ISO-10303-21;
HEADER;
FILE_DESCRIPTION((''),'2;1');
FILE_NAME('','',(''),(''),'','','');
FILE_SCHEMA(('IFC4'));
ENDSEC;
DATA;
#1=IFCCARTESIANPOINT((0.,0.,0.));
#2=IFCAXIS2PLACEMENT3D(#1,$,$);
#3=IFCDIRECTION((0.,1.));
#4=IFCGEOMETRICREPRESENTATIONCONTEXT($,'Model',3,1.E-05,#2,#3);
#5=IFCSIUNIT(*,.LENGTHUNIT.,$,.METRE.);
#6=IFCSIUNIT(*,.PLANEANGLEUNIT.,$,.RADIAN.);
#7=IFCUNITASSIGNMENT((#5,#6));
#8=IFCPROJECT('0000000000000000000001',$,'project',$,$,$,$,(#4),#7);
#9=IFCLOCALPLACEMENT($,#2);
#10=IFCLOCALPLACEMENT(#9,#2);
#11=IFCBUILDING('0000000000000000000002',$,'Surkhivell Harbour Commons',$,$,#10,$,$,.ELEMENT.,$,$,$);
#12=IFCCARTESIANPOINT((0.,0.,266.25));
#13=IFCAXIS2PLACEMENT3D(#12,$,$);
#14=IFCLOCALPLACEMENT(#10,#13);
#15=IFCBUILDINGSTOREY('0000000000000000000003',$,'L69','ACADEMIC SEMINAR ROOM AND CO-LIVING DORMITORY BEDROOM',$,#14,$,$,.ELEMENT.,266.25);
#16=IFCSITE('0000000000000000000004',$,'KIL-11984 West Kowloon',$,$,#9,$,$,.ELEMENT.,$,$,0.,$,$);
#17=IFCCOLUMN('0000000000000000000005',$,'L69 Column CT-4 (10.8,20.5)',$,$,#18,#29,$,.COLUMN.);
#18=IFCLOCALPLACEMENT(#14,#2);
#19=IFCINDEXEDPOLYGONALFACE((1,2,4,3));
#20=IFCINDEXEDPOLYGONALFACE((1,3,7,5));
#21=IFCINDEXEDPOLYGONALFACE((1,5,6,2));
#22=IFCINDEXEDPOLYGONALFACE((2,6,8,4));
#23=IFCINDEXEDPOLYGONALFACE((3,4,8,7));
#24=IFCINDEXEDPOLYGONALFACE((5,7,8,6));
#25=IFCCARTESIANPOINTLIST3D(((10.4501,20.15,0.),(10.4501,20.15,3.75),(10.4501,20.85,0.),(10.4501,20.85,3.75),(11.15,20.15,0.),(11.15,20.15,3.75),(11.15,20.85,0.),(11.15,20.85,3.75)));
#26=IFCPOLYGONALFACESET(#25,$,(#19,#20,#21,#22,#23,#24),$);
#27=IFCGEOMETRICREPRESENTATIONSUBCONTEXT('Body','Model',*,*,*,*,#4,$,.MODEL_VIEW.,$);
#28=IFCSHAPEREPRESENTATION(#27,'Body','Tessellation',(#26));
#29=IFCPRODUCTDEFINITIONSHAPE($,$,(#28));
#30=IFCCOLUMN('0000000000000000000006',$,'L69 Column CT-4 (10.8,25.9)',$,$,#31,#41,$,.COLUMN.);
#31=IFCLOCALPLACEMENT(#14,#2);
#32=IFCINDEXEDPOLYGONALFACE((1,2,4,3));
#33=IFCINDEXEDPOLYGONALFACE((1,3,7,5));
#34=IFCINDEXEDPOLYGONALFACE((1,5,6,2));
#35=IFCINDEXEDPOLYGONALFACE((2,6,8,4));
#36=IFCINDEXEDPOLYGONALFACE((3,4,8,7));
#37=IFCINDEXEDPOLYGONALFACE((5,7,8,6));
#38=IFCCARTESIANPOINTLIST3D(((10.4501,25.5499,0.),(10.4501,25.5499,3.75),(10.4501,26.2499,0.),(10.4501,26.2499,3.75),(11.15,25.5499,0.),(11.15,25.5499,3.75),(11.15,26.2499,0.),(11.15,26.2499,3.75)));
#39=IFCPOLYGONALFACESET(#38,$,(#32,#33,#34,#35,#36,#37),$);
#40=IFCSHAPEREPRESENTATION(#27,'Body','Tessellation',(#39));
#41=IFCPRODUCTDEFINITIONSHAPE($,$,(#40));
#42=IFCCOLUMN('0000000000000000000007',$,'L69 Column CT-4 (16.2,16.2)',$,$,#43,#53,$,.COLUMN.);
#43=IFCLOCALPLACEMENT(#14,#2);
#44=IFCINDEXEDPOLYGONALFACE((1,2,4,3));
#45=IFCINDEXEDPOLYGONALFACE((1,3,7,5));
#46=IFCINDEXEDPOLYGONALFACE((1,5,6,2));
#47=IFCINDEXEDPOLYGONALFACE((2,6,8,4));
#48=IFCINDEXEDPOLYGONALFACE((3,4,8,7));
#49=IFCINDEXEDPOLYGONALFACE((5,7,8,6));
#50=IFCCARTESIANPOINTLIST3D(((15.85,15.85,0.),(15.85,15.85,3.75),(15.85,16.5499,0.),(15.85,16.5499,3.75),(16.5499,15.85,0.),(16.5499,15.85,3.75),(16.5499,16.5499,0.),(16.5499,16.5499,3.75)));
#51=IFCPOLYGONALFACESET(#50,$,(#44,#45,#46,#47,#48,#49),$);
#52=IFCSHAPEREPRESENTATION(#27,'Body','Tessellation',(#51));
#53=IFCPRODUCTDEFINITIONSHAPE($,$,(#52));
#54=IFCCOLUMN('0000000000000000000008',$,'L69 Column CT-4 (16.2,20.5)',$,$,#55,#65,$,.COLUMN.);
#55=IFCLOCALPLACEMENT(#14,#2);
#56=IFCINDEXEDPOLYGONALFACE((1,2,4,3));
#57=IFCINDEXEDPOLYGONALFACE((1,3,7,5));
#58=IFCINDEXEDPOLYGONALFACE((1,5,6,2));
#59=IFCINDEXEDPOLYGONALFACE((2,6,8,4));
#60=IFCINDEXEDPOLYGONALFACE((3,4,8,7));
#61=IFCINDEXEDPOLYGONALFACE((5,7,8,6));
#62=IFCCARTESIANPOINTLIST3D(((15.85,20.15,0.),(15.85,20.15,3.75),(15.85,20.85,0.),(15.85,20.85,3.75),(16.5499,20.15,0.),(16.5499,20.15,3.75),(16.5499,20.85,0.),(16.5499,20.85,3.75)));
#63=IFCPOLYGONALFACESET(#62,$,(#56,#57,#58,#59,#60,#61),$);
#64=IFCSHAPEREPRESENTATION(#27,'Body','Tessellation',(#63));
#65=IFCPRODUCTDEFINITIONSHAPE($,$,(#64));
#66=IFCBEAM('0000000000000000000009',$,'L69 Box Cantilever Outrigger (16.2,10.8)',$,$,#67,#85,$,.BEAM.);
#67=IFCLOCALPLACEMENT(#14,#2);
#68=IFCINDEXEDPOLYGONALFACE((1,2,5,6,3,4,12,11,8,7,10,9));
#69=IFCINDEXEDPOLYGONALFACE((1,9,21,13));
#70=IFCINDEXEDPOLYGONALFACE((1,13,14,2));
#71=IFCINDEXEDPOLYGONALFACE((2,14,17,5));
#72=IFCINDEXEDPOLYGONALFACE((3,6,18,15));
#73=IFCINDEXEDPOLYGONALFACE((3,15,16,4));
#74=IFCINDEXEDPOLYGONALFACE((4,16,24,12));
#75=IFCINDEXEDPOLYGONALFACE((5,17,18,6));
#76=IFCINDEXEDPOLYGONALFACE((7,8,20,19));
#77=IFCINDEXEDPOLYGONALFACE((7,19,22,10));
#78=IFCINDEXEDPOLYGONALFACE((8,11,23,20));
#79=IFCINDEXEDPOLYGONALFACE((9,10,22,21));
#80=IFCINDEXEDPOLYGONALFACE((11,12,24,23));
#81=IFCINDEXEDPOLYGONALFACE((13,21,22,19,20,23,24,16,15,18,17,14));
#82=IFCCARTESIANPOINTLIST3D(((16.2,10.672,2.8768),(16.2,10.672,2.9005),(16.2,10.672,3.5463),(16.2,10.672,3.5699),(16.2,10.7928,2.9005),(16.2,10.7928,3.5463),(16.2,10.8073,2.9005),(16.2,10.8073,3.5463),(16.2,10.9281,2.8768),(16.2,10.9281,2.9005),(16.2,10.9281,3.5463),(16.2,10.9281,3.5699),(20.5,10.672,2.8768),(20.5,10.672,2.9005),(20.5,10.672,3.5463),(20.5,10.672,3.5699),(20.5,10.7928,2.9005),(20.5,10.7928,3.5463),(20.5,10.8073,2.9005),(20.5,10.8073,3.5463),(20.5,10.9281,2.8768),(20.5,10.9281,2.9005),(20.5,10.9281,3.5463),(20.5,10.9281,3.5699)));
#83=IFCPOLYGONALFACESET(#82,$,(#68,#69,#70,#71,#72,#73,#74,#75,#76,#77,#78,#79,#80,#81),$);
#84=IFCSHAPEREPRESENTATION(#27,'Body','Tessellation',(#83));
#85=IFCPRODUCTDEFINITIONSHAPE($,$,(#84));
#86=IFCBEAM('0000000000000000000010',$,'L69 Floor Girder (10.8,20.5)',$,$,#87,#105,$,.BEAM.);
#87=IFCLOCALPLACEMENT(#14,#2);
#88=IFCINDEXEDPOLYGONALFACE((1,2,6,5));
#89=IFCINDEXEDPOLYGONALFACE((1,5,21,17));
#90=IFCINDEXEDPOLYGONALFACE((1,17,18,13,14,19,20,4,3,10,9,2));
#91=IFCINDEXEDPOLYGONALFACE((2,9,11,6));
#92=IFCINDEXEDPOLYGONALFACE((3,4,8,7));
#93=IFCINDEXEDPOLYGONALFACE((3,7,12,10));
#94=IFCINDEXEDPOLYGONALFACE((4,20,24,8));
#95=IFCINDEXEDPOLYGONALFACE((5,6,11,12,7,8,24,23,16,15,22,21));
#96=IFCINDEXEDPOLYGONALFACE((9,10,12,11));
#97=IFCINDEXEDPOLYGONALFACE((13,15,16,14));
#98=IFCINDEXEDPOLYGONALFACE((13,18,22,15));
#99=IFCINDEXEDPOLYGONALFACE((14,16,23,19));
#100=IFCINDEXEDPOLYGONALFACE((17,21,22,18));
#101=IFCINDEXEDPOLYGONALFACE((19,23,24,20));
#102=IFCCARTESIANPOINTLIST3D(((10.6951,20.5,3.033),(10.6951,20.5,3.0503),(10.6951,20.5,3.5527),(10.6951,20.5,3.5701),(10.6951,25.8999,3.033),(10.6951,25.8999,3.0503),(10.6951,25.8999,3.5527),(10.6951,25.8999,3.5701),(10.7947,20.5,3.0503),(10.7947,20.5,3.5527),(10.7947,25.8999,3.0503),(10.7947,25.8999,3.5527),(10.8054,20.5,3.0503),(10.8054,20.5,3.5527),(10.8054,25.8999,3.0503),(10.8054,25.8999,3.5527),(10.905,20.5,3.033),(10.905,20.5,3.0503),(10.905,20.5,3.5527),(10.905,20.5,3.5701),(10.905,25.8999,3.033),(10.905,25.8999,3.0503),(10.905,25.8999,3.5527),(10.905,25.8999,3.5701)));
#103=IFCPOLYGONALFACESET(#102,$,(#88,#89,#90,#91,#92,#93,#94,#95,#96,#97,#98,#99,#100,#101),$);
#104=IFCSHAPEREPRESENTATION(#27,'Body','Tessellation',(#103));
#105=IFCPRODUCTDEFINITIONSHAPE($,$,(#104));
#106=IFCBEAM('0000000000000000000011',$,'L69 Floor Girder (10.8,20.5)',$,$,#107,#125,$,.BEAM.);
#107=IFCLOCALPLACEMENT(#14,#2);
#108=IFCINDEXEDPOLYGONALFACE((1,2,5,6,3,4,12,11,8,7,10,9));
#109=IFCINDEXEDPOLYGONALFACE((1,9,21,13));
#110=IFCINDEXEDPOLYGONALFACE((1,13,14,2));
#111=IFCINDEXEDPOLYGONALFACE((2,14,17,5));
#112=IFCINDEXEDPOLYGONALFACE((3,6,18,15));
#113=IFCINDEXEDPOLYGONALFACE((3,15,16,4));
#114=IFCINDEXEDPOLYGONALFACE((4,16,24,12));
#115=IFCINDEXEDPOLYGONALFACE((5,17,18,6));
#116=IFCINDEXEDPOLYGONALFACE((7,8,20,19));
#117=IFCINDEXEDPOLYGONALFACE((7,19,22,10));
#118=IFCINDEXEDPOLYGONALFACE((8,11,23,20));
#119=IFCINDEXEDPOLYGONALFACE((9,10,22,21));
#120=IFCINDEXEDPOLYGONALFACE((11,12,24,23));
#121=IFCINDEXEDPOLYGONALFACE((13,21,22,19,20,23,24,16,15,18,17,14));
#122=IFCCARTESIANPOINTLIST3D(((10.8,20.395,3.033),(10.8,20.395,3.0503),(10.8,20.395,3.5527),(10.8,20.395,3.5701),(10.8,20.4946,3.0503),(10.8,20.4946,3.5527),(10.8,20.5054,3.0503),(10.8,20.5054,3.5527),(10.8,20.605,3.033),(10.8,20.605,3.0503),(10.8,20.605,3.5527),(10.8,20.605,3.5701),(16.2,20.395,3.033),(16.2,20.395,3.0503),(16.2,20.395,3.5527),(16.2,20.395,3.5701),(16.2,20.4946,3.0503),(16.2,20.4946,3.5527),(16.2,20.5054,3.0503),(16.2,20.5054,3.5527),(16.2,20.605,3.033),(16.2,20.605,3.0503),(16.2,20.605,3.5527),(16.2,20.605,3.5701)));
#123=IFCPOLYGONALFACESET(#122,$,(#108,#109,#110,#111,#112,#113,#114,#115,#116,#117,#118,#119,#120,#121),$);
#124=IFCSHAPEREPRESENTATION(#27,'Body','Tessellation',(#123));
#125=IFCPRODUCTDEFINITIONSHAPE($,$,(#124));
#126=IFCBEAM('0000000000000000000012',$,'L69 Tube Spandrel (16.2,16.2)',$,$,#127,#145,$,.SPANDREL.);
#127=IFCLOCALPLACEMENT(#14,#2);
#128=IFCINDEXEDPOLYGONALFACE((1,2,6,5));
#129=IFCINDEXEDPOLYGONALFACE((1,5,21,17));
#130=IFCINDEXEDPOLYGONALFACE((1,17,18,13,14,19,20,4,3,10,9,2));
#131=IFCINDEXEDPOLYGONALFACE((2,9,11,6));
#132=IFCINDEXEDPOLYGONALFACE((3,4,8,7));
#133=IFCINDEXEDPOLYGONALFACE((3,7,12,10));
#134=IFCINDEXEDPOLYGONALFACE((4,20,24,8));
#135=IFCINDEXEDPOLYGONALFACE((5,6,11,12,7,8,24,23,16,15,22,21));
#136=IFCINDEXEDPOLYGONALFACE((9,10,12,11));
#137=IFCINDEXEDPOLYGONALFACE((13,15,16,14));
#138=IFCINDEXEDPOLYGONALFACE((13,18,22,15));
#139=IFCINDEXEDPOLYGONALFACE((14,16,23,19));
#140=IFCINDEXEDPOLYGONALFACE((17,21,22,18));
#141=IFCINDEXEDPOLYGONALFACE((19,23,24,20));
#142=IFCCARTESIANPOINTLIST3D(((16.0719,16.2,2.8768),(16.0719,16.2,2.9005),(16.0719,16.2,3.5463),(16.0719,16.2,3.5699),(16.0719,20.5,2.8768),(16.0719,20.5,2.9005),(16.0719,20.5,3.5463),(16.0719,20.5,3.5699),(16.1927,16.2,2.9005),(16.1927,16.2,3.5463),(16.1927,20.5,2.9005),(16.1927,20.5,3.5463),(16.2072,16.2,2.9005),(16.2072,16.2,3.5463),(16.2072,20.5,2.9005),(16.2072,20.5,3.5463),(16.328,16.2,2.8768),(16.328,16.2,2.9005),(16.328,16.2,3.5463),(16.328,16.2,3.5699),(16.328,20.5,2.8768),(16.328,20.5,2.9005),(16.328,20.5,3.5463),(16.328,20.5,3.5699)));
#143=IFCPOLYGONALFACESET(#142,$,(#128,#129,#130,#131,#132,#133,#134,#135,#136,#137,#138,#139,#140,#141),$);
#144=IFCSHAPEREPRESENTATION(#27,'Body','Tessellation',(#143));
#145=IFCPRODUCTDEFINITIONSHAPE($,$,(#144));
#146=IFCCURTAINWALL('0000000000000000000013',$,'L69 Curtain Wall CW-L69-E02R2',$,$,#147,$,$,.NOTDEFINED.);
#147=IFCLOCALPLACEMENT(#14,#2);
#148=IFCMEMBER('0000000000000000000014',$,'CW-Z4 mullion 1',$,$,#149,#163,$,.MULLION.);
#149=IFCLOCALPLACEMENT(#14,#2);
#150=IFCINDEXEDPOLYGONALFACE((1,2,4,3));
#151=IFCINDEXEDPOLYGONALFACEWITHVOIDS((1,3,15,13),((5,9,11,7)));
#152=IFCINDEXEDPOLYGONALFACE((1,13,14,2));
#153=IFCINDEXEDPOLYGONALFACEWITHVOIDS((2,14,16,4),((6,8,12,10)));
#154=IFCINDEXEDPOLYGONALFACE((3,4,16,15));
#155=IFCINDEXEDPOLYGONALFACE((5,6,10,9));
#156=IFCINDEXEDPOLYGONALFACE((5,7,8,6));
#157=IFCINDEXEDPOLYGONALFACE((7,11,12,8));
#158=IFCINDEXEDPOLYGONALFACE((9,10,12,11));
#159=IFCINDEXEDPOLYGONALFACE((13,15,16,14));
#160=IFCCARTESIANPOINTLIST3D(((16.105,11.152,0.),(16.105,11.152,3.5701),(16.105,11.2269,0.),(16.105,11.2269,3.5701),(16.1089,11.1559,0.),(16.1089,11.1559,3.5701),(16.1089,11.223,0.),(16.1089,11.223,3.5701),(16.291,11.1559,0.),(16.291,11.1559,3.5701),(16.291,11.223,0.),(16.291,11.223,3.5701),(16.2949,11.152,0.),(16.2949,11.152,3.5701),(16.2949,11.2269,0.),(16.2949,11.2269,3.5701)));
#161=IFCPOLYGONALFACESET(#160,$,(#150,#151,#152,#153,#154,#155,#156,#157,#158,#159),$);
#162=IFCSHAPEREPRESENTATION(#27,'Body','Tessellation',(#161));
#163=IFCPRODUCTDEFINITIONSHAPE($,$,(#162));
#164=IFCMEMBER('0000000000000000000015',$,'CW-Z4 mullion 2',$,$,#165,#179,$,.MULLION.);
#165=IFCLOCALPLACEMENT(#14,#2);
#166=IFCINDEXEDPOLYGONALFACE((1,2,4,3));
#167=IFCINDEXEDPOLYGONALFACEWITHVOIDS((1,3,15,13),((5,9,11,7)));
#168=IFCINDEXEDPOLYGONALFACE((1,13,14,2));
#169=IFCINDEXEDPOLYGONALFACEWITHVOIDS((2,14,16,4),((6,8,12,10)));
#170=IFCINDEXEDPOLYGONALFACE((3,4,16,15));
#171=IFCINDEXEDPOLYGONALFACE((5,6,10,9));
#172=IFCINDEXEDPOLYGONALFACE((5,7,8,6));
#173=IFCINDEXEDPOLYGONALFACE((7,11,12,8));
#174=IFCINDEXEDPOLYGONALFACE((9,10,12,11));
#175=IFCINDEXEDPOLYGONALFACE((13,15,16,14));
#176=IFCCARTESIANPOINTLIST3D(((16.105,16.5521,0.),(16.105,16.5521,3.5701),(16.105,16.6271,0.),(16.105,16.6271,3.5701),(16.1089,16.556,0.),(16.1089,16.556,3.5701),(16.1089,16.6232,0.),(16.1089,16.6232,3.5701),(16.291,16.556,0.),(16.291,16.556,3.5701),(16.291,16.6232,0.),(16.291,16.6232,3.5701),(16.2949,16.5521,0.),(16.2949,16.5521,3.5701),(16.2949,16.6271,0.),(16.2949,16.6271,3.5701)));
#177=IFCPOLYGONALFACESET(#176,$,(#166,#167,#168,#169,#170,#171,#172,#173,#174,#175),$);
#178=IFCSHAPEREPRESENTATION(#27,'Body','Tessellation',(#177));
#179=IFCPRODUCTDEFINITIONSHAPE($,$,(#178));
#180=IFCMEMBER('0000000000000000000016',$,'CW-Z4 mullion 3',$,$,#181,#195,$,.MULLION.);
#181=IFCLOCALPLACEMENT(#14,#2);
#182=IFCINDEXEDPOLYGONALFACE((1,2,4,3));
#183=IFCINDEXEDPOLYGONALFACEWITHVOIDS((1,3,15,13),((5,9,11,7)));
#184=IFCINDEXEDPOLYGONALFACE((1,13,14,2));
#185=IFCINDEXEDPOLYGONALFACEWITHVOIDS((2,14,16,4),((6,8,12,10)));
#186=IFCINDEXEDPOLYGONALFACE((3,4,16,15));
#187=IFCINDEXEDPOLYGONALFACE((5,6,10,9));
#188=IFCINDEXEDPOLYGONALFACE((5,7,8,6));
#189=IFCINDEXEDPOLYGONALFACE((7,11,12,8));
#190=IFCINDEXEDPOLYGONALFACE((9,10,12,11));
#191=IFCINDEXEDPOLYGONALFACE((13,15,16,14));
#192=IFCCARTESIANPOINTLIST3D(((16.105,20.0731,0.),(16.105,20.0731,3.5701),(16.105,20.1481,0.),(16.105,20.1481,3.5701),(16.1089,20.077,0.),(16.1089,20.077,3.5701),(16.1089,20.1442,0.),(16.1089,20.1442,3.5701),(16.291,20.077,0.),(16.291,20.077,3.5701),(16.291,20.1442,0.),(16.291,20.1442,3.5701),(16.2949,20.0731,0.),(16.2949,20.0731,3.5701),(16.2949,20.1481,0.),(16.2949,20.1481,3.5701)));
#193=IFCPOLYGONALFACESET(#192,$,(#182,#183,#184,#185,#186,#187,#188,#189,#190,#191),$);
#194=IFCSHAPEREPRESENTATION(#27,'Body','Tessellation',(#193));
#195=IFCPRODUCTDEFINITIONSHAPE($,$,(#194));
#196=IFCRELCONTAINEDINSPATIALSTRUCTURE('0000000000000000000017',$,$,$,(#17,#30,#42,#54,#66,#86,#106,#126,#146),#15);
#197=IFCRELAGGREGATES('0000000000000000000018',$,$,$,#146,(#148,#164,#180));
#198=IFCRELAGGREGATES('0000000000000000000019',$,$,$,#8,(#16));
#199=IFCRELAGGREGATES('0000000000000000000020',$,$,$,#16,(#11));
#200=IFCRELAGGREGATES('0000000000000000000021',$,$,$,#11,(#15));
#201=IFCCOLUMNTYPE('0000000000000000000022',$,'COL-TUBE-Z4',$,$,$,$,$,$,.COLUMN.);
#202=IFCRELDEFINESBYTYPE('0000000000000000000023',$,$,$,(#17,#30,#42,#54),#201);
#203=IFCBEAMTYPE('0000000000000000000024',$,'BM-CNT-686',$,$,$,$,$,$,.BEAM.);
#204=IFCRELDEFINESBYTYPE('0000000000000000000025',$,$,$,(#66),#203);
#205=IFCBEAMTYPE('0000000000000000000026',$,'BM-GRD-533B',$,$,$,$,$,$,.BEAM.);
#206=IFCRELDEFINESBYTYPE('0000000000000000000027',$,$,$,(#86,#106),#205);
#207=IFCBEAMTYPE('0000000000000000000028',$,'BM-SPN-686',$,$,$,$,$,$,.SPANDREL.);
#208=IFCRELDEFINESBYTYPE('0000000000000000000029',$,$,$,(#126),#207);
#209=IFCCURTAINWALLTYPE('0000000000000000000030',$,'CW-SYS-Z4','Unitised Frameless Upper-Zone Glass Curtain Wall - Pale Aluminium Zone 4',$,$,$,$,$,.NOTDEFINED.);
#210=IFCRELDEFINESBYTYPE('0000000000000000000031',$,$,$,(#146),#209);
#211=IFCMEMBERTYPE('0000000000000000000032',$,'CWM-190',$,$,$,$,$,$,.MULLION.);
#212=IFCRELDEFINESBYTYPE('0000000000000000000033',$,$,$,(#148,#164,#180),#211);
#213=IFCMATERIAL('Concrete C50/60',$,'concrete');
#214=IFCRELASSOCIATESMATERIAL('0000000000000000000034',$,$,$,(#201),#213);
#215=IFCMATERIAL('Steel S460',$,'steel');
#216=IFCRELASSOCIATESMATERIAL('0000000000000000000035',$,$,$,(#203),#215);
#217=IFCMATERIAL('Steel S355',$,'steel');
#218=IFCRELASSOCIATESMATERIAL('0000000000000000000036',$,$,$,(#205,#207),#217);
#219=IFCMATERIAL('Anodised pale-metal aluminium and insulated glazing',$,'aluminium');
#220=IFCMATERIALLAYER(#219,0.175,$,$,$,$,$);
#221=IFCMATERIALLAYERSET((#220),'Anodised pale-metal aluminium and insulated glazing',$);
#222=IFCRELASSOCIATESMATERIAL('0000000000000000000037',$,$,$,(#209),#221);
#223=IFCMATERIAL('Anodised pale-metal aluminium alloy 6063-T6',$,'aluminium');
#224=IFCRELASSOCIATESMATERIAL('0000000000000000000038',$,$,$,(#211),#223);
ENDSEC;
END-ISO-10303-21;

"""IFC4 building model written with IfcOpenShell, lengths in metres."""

from ifc_helpers import new_model, si_unit, direction, frame, origin, origin_2d, place, context, subcontext, project, spatial, rectangle, hollow_rectangle, i_section, extrude, material, layer, layer_set, material_profile, profile_set, type_object, element, aggregate, save


model = new_model("IFC4")

# Units and contexts
model_context = context("Model", 3, precision=1e-05, world=origin(), true_north=direction((0.0, 1.0)))
body_context = subcontext(model_context, "Body", "Model", "MODEL_VIEW")
ifc_project = project(units=[si_unit("LENGTHUNIT", "METRE"), si_unit("PLANEANGLEUNIT", "RADIAN")], contexts=[model_context])

# Site, building, storey
site_placement = place(None, origin())
site = spatial("IfcSite", under=ifc_project, at=site_placement, Name="KIL-11984 West Kowloon", CompositionType="ELEMENT", RefElevation=0.0)
building_placement = place(site_placement, origin())
building = spatial("IfcBuilding", under=site, at=building_placement, Name="Surkhivell Harbour Commons", CompositionType="ELEMENT")
storey_placement = place(building_placement, frame((0.0, 0.0, 266.25)))
storey = spatial("IfcBuildingStorey", under=building, at=storey_placement, Name="L69", Description="ACADEMIC SEMINAR ROOM AND CO-LIVING DORMITORY BEDROOM", CompositionType="ELEMENT", Elevation=266.25)

# Columns
ifc_material_1 = material(Name="Concrete C50/60", Category="concrete")
ifc_material_profile_1 = material_profile(ifc_material_1, rectangle(XDim=0.7, YDim=0.7, at=origin_2d()), Name="RC-COL-700x700")
ifc_profile_set_1 = profile_set([ifc_material_profile_1], Name="Concrete C50/60")
column_type = type_object("IfcColumnType", Name="COL-TUBE-Z4", PredefinedType="COLUMN", material=ifc_profile_set_1)
for number, where, z_axis, x_axis, name in (
    (1, (10.8, 20.5, 0.0), (0.0, 0.0, 1.0), (1.0, 0.0, 0.0), "L69 Column CT-4 (10.8,20.5)"),
    (2, (10.8, 25.8999, 0.0), (0.0, 0.0, 1.0), (1.0, 0.0, 0.0), "L69 Column CT-4 (10.8,25.9)"),
    (3, (16.2, 16.2, 0.0), (0.0, 0.0, 1.0), (1.0, 0.0, 0.0), "L69 Column CT-4 (16.2,16.2)"),
    (4, (16.2, 20.5, 0.0), (0.0, 0.0, 1.0), (1.0, 0.0, 0.0), "L69 Column CT-4 (16.2,20.5)"),
):
    element("IfcColumn", number, at=place(storey_placement, frame(where, z_axis=z_axis, x_axis=x_axis)), inside=storey, type_object=column_type, Name=name, PredefinedType="COLUMN", context=body_context, shape_type="SweptSolid", body=[
        extrude(rectangle(XDim=0.7, YDim=0.7, at=origin_2d()), origin(), (0.0, 0.0, 1.0), 3.75),
    ])

# Beams
ifc_material_2 = material(Name="Steel S460", Category="steel")
ifc_material_profile_2 = material_profile(ifc_material_2, i_section(OverallWidth=0.2561, OverallDepth=0.6931, WebThickness=0.0144, FlangeThickness=0.0237, at=origin_2d()), Name="UB686x254x170")
ifc_profile_set_2 = profile_set([ifc_material_profile_2], Name="Steel S460")
beam_type_1 = type_object("IfcBeamType", Name="BM-CNT-686", PredefinedType="BEAM", material=ifc_profile_set_2)
beam_1_placement = place(storey_placement, frame((16.2, 10.8, 3.2234), z_axis=(1.0, 0.0, 0.0), x_axis=(0.0, 1.0, 0.0)))
element("IfcBeam", 5, at=beam_1_placement, inside=storey, type_object=beam_type_1, Name="L69 Box Cantilever Outrigger (16.2,10.8)", PredefinedType="BEAM", context=body_context, shape_type="SweptSolid", body=[
    extrude(i_section(OverallWidth=0.2561, OverallDepth=0.6931, WebThickness=0.0144, FlangeThickness=0.0237, at=origin_2d()), origin(), (0.0, 0.0, 1.0), 4.3),
])
ifc_material_3 = material(Name="Steel S355", Category="steel")
ifc_material_profile_3 = material_profile(ifc_material_3, i_section(OverallWidth=0.21, OverallDepth=0.5371, WebThickness=0.0107, FlangeThickness=0.0173, at=origin_2d()), Name="UB533x210x101")
ifc_profile_set_3 = profile_set([ifc_material_profile_3], Name="Steel S355")
beam_type_2 = type_object("IfcBeamType", Name="BM-GRD-533B", PredefinedType="BEAM", material=ifc_profile_set_3)
for number, where, z_axis, x_axis, name in (
    (6, (10.8, 20.5, 3.3015), (0.0, 1.0, 0.0), (-1.0, 0.0, 0.0), "L69 Floor Girder (10.8,20.5)"),
    (7, (10.8, 20.5, 3.3015), (1.0, 0.0, 0.0), (0.0, 1.0, 0.0), "L69 Floor Girder (10.8,20.5)"),
):
    element("IfcBeam", number, at=place(storey_placement, frame(where, z_axis=z_axis, x_axis=x_axis)), inside=storey, type_object=beam_type_2, Name=name, PredefinedType="BEAM", context=body_context, shape_type="SweptSolid", body=[
        extrude(i_section(OverallWidth=0.21, OverallDepth=0.5371, WebThickness=0.0107, FlangeThickness=0.0173, at=origin_2d()), origin(), (0.0, 0.0, 1.0), 5.3999),
    ])
ifc_material_profile_4 = material_profile(ifc_material_3, i_section(OverallWidth=0.2561, OverallDepth=0.6931, WebThickness=0.0144, FlangeThickness=0.0237, at=origin_2d()), Name="UB686x254x170")
ifc_profile_set_4 = profile_set([ifc_material_profile_4], Name="Steel S355")
beam_type_3 = type_object("IfcBeamType", Name="BM-SPN-686", PredefinedType="SPANDREL", material=ifc_profile_set_4)
beam_2_placement = place(storey_placement, frame((16.2, 16.2, 3.2234), z_axis=(0.0, 1.0, 0.0), x_axis=(-1.0, 0.0, 0.0)))
element("IfcBeam", 8, at=beam_2_placement, inside=storey, type_object=beam_type_3, Name="L69 Tube Spandrel (16.2,16.2)", PredefinedType="SPANDREL", context=body_context, shape_type="SweptSolid", body=[
    extrude(i_section(OverallWidth=0.2561, OverallDepth=0.6931, WebThickness=0.0144, FlangeThickness=0.0237, at=origin_2d()), origin(), (0.0, 0.0, 1.0), 4.3),
])

# Curtain wall, members
ifc_material_4 = material(Name="Anodised pale-metal aluminium and insulated glazing", Category="aluminium")
ifc_layer_1 = layer(ifc_material_4, 0.175)
ifc_layer_set_1 = layer_set([ifc_layer_1], Name="Anodised pale-metal aluminium and insulated glazing")
curtain_wall_type = type_object("IfcCurtainWallType", Name="CW-SYS-Z4", Description="Unitised Frameless Upper-Zone Glass Curtain Wall - Pale Aluminium Zone 4", PredefinedType="NOTDEFINED", material=ifc_layer_set_1)
curtain_wall_1_placement = place(storey_placement, origin())
curtain_wall_1 = element("IfcCurtainWall", 9, at=curtain_wall_1_placement, inside=storey, type_object=curtain_wall_type, Name="L69 Curtain Wall CW-L69-E02R2", PredefinedType="NOTDEFINED")
ifc_material_5 = material(Name="Anodised pale-metal aluminium alloy 6063-T6", Category="aluminium")
ifc_material_profile_5 = material_profile(ifc_material_5, hollow_rectangle(XDim=0.075, YDim=0.1899, WallThickness=0.0039, at=origin_2d()), Name="ALU-MULL-75x190")
ifc_profile_set_5 = profile_set([ifc_material_profile_5], Name="Anodised pale-metal aluminium alloy 6063-T6")
member_type_1 = type_object("IfcMemberType", Name="CWM-190", PredefinedType="MULLION", material=ifc_profile_set_5)
member_1_placement = place(storey_placement, frame((16.2, 11.1895, 0.0), z_axis=(0.0, 0.0, 1.0), x_axis=(0.0, 1.0, 0.0)))
member_1 = element("IfcMember", 10, at=member_1_placement, type_object=member_type_1, Name="CW-Z4 mullion 1", PredefinedType="MULLION", context=body_context, shape_type="SweptSolid", body=[
    extrude(hollow_rectangle(XDim=0.075, YDim=0.1899, WallThickness=0.0039, at=origin_2d()), origin(), (0.0, 0.0, 1.0), 3.5701),
])
member_2_placement = place(storey_placement, frame((16.2, 16.5896, 0.0), z_axis=(0.0, 0.0, 1.0), x_axis=(0.0, 1.0, 0.0)))
member_2 = element("IfcMember", 11, at=member_2_placement, type_object=member_type_1, Name="CW-Z4 mullion 2", PredefinedType="MULLION", context=body_context, shape_type="SweptSolid", body=[
    extrude(hollow_rectangle(XDim=0.075, YDim=0.1899, WallThickness=0.0039, at=origin_2d()), origin(), (0.0, 0.0, 1.0), 3.5701),
])
member_3_placement = place(storey_placement, frame((16.2, 20.1106, 0.0), z_axis=(0.0, 0.0, 1.0), x_axis=(0.0, 1.0, 0.0)))
member_3 = element("IfcMember", 12, at=member_3_placement, type_object=member_type_1, Name="CW-Z4 mullion 3", PredefinedType="MULLION", context=body_context, shape_type="SweptSolid", body=[
    extrude(hollow_rectangle(XDim=0.075, YDim=0.1899, WallThickness=0.0039, at=origin_2d()), origin(), (0.0, 0.0, 1.0), 3.5701),
])

aggregate(curtain_wall_1, [member_1, member_2, member_3])

save(model, "model.ifc")
